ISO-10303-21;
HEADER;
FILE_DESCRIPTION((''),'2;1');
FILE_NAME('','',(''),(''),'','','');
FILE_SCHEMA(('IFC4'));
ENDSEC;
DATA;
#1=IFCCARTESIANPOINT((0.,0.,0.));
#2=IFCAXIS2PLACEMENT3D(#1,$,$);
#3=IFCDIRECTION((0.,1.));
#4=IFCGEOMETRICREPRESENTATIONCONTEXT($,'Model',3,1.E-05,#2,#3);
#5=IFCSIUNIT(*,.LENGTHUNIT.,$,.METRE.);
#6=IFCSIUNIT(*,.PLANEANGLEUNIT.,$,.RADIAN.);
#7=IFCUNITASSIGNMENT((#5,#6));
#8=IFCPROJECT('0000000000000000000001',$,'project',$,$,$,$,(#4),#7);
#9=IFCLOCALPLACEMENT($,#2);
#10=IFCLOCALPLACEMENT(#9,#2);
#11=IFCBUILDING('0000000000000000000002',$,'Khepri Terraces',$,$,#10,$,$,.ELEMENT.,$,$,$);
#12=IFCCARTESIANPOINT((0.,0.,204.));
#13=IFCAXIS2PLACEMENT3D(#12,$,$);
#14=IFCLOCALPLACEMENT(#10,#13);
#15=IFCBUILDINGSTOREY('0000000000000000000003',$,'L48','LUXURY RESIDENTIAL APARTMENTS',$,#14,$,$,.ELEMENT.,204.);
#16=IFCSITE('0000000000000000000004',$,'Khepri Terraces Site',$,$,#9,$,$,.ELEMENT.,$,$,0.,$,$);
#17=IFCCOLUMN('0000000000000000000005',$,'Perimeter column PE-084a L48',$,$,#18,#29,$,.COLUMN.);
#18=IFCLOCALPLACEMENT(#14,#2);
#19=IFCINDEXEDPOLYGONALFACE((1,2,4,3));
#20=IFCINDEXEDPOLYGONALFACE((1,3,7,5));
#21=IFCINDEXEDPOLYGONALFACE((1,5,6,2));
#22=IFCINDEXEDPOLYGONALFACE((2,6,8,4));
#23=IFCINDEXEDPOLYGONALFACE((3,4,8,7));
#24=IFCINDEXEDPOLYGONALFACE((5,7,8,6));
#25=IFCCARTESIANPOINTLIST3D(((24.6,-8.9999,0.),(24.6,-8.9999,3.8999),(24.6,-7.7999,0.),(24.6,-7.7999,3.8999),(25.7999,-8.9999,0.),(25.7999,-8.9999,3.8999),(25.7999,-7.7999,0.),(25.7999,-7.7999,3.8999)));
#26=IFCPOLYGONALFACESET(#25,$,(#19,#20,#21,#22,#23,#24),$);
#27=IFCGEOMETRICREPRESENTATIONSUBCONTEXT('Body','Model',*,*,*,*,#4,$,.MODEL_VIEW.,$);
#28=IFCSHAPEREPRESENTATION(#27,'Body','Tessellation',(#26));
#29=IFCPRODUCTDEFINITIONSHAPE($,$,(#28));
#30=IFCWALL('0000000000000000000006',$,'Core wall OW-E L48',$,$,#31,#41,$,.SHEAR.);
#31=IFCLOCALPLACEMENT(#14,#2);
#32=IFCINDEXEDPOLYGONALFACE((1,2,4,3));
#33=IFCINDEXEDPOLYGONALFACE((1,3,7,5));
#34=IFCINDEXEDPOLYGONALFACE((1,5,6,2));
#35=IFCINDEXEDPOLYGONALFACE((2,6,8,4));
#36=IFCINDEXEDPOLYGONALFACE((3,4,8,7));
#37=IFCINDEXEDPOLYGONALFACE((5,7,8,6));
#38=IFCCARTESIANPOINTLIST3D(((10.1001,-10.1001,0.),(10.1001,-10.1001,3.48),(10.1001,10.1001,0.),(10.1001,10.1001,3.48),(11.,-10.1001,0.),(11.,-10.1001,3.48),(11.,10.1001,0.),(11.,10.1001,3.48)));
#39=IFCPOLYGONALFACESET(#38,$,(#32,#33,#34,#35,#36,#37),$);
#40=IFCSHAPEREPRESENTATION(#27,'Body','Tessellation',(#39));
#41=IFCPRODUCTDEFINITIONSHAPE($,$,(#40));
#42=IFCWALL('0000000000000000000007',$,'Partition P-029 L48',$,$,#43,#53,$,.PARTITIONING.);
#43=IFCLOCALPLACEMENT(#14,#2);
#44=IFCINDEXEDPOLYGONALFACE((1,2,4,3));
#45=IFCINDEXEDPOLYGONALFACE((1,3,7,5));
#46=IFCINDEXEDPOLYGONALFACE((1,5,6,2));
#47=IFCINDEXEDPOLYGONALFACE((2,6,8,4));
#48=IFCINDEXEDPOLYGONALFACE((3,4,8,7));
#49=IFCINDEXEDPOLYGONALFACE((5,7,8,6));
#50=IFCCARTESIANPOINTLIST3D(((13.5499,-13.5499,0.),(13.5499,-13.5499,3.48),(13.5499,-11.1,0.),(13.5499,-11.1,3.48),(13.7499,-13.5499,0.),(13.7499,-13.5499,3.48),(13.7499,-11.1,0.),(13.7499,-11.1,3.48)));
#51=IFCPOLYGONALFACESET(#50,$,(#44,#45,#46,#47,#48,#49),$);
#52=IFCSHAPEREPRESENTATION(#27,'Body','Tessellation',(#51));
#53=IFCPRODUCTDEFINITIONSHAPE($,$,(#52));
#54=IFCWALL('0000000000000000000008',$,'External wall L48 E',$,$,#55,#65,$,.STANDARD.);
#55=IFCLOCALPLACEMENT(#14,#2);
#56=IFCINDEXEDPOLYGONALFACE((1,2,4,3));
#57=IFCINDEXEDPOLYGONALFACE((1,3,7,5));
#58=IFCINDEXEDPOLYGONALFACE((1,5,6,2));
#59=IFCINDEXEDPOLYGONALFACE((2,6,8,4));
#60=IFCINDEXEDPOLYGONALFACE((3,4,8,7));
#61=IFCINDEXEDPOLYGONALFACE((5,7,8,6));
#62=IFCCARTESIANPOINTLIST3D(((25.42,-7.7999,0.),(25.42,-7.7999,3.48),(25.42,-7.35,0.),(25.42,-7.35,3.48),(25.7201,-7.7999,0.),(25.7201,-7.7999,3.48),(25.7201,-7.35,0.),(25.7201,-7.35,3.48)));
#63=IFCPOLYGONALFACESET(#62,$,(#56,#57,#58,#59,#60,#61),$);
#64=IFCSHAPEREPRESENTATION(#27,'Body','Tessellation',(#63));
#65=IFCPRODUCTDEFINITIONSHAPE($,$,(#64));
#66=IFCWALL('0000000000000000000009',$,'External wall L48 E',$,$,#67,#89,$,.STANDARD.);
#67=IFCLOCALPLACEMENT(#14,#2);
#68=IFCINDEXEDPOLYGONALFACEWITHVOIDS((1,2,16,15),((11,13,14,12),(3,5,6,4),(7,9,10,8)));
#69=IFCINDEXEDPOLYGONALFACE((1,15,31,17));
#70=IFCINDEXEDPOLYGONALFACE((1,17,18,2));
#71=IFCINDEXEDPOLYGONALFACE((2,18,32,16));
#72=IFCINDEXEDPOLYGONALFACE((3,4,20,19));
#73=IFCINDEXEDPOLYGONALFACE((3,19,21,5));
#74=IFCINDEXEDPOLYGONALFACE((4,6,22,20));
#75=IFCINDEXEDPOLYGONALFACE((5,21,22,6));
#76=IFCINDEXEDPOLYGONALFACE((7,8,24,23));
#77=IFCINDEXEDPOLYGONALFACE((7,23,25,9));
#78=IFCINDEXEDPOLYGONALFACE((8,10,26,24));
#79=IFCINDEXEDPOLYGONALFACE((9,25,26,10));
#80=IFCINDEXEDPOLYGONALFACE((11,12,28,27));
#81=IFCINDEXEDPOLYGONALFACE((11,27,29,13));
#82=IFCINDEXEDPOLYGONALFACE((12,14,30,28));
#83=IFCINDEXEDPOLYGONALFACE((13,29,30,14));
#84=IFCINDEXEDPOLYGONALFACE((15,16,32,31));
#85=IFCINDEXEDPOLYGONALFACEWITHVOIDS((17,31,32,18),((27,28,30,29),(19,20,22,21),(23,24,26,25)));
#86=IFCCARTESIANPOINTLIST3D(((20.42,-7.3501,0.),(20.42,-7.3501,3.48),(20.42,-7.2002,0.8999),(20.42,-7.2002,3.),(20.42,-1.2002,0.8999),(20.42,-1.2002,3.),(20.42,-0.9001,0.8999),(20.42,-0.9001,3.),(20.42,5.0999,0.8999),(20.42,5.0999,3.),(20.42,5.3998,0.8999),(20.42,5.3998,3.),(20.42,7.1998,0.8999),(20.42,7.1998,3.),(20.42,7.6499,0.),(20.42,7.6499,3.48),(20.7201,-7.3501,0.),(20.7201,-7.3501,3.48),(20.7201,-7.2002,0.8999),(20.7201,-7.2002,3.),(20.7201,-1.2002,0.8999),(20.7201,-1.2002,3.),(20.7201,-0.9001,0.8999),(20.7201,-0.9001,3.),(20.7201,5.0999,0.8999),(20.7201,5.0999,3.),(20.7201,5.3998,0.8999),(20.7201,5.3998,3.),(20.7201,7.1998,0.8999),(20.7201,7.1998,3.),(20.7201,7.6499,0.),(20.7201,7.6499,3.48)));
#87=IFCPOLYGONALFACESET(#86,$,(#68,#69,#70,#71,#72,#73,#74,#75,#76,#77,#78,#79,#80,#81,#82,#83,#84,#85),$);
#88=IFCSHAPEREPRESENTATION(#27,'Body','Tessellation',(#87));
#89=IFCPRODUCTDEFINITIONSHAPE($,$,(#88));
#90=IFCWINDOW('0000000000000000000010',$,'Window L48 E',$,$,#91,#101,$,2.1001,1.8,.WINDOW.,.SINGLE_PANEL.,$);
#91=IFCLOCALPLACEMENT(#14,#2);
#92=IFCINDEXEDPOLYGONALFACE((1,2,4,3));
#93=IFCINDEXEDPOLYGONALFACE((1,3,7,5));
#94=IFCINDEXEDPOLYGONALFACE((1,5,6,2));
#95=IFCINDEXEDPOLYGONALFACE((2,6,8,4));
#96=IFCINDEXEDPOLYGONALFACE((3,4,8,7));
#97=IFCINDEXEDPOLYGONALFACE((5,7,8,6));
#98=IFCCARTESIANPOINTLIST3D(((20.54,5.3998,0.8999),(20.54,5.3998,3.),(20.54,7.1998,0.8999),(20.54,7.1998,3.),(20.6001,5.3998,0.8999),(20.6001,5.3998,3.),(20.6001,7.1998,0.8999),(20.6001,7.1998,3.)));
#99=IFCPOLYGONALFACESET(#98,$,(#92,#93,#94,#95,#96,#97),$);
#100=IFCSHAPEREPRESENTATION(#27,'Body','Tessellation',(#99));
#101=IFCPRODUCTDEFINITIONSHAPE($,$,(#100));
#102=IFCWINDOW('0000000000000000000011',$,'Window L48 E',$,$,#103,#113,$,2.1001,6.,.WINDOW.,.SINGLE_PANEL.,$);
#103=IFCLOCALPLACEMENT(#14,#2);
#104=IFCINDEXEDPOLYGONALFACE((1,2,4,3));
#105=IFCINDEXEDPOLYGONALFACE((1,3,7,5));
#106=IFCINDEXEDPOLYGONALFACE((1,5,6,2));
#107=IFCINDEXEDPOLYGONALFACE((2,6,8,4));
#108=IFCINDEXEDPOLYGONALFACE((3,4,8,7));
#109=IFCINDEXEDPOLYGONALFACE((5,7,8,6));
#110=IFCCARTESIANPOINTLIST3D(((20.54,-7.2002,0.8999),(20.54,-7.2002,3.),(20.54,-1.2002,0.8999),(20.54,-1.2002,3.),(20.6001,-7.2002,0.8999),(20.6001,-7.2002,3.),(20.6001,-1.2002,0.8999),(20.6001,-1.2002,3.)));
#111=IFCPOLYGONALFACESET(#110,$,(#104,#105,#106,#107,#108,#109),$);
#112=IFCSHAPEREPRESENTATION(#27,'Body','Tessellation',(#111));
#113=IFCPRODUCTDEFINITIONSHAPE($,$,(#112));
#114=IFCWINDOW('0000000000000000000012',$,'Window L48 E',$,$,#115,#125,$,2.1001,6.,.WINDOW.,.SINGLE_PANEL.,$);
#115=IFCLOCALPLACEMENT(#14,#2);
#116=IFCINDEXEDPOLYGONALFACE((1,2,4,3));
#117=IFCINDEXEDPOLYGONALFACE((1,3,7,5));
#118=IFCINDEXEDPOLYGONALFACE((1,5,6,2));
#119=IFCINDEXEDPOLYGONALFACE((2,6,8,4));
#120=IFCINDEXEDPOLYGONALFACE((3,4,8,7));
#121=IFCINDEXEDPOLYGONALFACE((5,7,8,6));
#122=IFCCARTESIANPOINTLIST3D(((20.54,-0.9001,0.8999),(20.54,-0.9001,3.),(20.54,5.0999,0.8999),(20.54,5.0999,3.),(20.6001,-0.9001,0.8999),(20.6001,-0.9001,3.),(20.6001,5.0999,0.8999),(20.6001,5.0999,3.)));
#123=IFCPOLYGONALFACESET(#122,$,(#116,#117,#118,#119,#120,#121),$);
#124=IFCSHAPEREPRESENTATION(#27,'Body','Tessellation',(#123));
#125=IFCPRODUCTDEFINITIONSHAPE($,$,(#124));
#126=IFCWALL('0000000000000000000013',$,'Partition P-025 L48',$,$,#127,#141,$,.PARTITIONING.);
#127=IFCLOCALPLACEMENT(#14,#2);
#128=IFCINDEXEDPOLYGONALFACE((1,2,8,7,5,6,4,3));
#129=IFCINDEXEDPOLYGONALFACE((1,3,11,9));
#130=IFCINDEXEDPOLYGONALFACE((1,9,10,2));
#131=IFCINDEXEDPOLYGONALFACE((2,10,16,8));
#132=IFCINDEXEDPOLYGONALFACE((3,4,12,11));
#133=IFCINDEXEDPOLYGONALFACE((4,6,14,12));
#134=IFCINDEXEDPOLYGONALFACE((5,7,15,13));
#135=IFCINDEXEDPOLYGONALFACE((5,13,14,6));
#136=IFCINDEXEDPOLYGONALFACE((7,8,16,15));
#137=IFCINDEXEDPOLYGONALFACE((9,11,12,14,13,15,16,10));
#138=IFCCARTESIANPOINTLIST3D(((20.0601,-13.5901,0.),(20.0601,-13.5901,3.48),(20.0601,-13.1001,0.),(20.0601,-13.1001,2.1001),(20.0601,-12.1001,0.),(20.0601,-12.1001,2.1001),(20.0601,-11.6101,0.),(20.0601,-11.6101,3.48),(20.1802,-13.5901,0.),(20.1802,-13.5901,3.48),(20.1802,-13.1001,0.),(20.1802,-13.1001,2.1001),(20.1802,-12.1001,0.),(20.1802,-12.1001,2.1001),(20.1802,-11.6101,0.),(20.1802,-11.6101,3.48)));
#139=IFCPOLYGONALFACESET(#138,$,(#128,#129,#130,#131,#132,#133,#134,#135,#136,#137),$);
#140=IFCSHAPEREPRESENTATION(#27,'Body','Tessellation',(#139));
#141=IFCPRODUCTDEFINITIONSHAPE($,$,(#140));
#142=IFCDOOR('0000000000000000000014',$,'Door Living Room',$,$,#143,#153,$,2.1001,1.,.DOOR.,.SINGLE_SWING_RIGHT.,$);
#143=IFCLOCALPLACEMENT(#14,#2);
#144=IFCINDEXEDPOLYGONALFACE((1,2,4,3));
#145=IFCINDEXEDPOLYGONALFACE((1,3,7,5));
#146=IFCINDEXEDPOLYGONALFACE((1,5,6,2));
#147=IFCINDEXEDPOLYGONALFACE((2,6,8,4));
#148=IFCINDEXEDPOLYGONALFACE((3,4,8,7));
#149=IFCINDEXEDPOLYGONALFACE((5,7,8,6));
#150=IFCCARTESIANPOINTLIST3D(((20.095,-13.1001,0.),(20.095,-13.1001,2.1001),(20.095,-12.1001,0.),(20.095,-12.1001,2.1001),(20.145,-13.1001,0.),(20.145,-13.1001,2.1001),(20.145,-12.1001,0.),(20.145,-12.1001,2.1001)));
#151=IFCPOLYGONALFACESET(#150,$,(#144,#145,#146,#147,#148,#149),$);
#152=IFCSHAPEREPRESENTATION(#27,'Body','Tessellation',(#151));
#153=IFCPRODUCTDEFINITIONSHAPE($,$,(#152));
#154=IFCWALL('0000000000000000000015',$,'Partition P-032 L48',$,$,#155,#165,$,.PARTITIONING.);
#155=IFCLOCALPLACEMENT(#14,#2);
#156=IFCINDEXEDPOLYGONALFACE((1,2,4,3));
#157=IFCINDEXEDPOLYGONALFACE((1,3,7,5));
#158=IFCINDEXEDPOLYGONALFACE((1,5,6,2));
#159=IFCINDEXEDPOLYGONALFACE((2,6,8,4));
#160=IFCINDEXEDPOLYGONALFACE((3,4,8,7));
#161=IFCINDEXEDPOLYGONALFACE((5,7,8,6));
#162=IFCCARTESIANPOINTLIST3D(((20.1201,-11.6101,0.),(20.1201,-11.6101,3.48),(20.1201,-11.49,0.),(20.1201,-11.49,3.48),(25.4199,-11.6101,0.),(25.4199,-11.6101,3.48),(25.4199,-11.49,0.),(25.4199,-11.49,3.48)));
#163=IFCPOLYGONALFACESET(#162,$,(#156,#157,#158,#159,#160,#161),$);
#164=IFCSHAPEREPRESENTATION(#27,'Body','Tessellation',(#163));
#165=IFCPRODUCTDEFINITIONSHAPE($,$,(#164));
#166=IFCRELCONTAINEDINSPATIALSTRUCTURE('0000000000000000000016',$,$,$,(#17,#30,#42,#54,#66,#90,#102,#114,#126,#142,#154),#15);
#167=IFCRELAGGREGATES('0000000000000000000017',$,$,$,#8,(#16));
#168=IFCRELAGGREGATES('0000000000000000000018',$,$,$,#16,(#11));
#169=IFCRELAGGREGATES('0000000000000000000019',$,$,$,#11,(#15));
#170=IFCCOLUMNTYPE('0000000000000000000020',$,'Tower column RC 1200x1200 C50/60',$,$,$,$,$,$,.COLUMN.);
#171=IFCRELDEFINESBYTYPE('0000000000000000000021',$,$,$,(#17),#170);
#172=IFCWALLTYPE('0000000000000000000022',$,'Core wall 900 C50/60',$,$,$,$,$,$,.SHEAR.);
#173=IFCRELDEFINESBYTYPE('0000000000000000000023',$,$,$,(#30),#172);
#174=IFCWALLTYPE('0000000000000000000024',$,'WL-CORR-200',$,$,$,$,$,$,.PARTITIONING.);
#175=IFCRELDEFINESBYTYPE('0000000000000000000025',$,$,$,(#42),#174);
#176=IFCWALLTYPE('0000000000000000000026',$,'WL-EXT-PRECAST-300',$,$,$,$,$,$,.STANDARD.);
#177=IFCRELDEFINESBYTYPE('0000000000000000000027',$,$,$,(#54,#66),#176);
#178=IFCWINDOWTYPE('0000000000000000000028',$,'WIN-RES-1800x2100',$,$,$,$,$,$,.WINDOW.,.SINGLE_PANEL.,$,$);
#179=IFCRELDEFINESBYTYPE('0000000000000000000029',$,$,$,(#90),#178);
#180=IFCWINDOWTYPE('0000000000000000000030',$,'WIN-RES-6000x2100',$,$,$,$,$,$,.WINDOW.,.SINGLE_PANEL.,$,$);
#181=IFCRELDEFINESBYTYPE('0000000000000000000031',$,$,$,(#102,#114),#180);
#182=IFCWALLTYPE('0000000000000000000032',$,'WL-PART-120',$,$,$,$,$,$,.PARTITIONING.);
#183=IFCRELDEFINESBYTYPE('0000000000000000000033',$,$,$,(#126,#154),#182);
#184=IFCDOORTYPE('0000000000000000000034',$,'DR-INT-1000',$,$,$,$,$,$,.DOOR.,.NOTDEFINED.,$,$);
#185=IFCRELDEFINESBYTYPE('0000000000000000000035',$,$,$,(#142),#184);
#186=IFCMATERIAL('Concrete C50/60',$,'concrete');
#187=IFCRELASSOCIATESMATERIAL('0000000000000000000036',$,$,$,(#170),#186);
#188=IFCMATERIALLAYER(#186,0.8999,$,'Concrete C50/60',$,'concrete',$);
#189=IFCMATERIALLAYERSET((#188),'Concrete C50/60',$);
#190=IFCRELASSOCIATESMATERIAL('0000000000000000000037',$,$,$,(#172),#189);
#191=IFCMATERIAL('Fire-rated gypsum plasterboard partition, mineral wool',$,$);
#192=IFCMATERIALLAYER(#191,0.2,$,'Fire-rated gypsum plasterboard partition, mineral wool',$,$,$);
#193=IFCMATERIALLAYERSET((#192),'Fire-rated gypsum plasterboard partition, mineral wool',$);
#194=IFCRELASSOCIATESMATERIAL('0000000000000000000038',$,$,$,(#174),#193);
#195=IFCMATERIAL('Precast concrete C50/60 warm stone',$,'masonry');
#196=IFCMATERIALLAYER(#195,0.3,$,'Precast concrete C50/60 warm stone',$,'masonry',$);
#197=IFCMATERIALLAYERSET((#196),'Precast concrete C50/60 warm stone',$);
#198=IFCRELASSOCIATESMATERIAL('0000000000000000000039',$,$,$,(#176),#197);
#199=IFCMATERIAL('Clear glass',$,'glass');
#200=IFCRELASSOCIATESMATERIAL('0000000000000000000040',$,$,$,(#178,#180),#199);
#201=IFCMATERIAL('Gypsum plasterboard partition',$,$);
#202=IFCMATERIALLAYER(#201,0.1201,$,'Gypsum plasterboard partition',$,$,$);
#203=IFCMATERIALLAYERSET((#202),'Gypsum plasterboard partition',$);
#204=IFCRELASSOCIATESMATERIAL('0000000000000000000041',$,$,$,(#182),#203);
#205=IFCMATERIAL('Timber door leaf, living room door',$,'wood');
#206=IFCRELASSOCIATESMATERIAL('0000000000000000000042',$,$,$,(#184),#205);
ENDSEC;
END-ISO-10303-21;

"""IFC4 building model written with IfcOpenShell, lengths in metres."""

from ifc_helpers import new_model, si_unit, direction, frame, frame_2d, origin, origin_2d, place, context, subcontext, project, spatial, rectangle, extrude, material, layer, layer_set, material_profile, profile_set, type_object, element, fill, save


model = new_model("IFC4")

# Units and contexts
model_context = context("Model", 3, precision=1e-05, world=origin(), true_north=direction((0.0, 1.0)))
body_context = subcontext(model_context, "Body", "Model", "MODEL_VIEW")
ifc_project = project(units=[si_unit("LENGTHUNIT", "METRE"), si_unit("PLANEANGLEUNIT", "RADIAN")], contexts=[model_context])

# Site, building, storey
site_placement = place(None, origin())
site = spatial("IfcSite", under=ifc_project, at=site_placement, Name="Khepri Terraces Site", CompositionType="ELEMENT", RefElevation=0.0)
building_placement = place(site_placement, origin())
building = spatial("IfcBuilding", under=site, at=building_placement, Name="Khepri Terraces", CompositionType="ELEMENT")
storey_placement = place(building_placement, frame((0.0, 0.0, 204.0)))
storey = spatial("IfcBuildingStorey", under=building, at=storey_placement, Name="L48", Description="LUXURY RESIDENTIAL APARTMENTS", CompositionType="ELEMENT", Elevation=204.0)

# Column
ifc_material_1 = material(Name="Concrete C50/60", Category="concrete")
ifc_material_profile = material_profile(ifc_material_1, rectangle(XDim=1.2, YDim=1.2, at=origin_2d()), Name="Concrete C50/60", Category="concrete")
ifc_profile_set = profile_set([ifc_material_profile], Name="Concrete C50/60")
column_type = type_object("IfcColumnType", Name="Tower column RC 1200x1200 C50/60", PredefinedType="COLUMN", material=ifc_profile_set)
column_placement = place(storey_placement, frame((25.2, -8.3999, 0.0), z_axis=(0.0, 0.0, 1.0), x_axis=(1.0, 0.0, 0.0)))
element("IfcColumn", 1, at=column_placement, inside=storey, type_object=column_type, Name="Perimeter column PE-084a L48", PredefinedType="COLUMN", context=body_context, shape_type="SweptSolid", body=[
    extrude(rectangle(XDim=1.2, YDim=1.2, at=origin_2d()), origin(), (0.0, 0.0, 1.0), 3.8999),
])

# Walls
ifc_layer_1 = layer(ifc_material_1, 0.8999, Name="Concrete C50/60", Category="concrete")
ifc_layer_set_1 = layer_set([ifc_layer_1], Name="Concrete C50/60")
wall_type_1 = type_object("IfcWallType", Name="Core wall 900 C50/60", PredefinedType="SHEAR", material=ifc_layer_set_1)
wall_1_placement = place(storey_placement, frame((10.55, -10.1001, 0.0), z_axis=(0.0, 0.0, 1.0), x_axis=(0.0, 1.0, 0.0)))
element("IfcWall", 2, at=wall_1_placement, inside=storey, type_object=wall_type_1, Name="Core wall OW-E L48", PredefinedType="SHEAR", context=body_context, shape_type="SweptSolid", body=[
    extrude(rectangle(XDim=20.2002, YDim=0.8999, at=frame_2d((10.1001, 0.0))), origin(), (0.0, 0.0, 1.0), 3.48),
])
ifc_material_2 = material(Name="Fire-rated gypsum plasterboard partition, mineral wool")
ifc_layer_2 = layer(ifc_material_2, 0.2, Name="Fire-rated gypsum plasterboard partition, mineral wool")
ifc_layer_set_2 = layer_set([ifc_layer_2], Name="Fire-rated gypsum plasterboard partition, mineral wool")
wall_type_2 = type_object("IfcWallType", Name="WL-CORR-200", PredefinedType="PARTITIONING", material=ifc_layer_set_2)
wall_2_placement = place(storey_placement, frame((13.6499, -13.55, 0.0), z_axis=(0.0, 0.0, 1.0), x_axis=(0.0, 1.0, 0.0)))
element("IfcWall", 3, at=wall_2_placement, inside=storey, type_object=wall_type_2, Name="Partition P-029 L48", PredefinedType="PARTITIONING", context=body_context, shape_type="SweptSolid", body=[
    extrude(rectangle(XDim=2.45, YDim=0.2, at=frame_2d((1.2251, 0.0))), origin(), (0.0, 0.0, 1.0), 3.48),
])

# Wall
ifc_material_3 = material(Name="Precast concrete C50/60 warm stone", Category="masonry")
ifc_layer_3 = layer(ifc_material_3, 0.3, Name="Precast concrete C50/60 warm stone", Category="masonry")
ifc_layer_set_3 = layer_set([ifc_layer_3], Name="Precast concrete C50/60 warm stone")
wall_type_3 = type_object("IfcWallType", Name="WL-EXT-PRECAST-300", PredefinedType="STANDARD", material=ifc_layer_set_3)
wall_3_placement = place(storey_placement, frame((25.5701, -7.8, 0.0), z_axis=(0.0, 0.0, 1.0), x_axis=(0.0, 1.0, 0.0)))
element("IfcWall", 4, at=wall_3_placement, inside=storey, type_object=wall_type_3, Name="External wall L48 E", PredefinedType="STANDARD", context=body_context, shape_type="SweptSolid", body=[
    extrude(rectangle(XDim=0.45, YDim=0.3, at=frame_2d((0.2251, 0.0))), origin(), (0.0, 0.0, 1.0), 3.48),
])

# Wall, openings, windows
wall_4_placement = place(storey_placement, frame((20.5701, -7.3501, 0.0), z_axis=(0.0, 0.0, 1.0), x_axis=(0.0, 1.0, 0.0)))
wall_4 = element("IfcWall", 5, at=wall_4_placement, inside=storey, type_object=wall_type_3, Name="External wall L48 E", PredefinedType="STANDARD", context=body_context, shape_type="SweptSolid", body=[
    extrude(rectangle(XDim=15.0, YDim=0.3, at=frame_2d((7.5, 0.0))), origin(), (0.0, 0.0, 1.0), 3.48),
])
opening_1_placement = place(wall_4_placement, frame((0.1499, 0.0, 0.8999)))
opening_1 = element("IfcOpeningElement", 6, at=opening_1_placement, cuts=wall_4, PredefinedType="OPENING", context=body_context, shape_type="SweptSolid", body=[
    extrude(rectangle(XDim=6.0, YDim=2.1001, at=frame_2d((3.0, 1.05))), frame((0.0, 0.1602, 0.0), z_axis=(0.0, -1.0, 0.0), x_axis=(1.0, 0.0, 0.0)), (0.0, 0.0, 1.0), 0.3201),
])
opening_2_placement = place(wall_4_placement, frame((6.45, 0.0, 0.8999)))
opening_2 = element("IfcOpeningElement", 7, at=opening_2_placement, cuts=wall_4, PredefinedType="OPENING", context=body_context, shape_type="SweptSolid", body=[
    extrude(rectangle(XDim=6.0, YDim=2.1001, at=frame_2d((3.0, 1.05))), frame((0.0, 0.1602, 0.0), z_axis=(0.0, -1.0, 0.0), x_axis=(1.0, 0.0, 0.0)), (0.0, 0.0, 1.0), 0.3201),
])
opening_3_placement = place(wall_4_placement, frame((12.75, 0.0, 0.8999)))
opening_3 = element("IfcOpeningElement", 8, at=opening_3_placement, cuts=wall_4, PredefinedType="OPENING", context=body_context, shape_type="SweptSolid", body=[
    extrude(rectangle(XDim=1.8, YDim=2.1001, at=frame_2d((0.8999, 1.05))), frame((0.0, 0.1602, 0.0), z_axis=(0.0, -1.0, 0.0), x_axis=(1.0, 0.0, 0.0)), (0.0, 0.0, 1.0), 0.3201),
])
ifc_material_4 = material(Name="Clear glass", Category="glass")
window_type_1 = type_object("IfcWindowType", Name="WIN-RES-1800x2100", PartitioningType="SINGLE_PANEL", PredefinedType="WINDOW", material=ifc_material_4)
window_1_placement = place(opening_3_placement, origin())
window_1 = element("IfcWindow", 9, at=window_1_placement, inside=storey, type_object=window_type_1, Name="Window L48 E", OverallHeight=2.1001, OverallWidth=1.8, PartitioningType="SINGLE_PANEL", PredefinedType="WINDOW", context=body_context, shape_type="SweptSolid", body=[
    extrude(rectangle(XDim=1.8, YDim=2.1001, at=frame_2d((0.8999, 1.05))), frame((0.0, 0.03, 0.0), z_axis=(0.0, -1.0, 0.0), x_axis=(1.0, 0.0, 0.0)), (0.0, 0.0, 1.0), 0.0601),
])
fill(opening_3, window_1)
window_type_2 = type_object("IfcWindowType", Name="WIN-RES-6000x2100", PartitioningType="SINGLE_PANEL", PredefinedType="WINDOW", material=ifc_material_4)
window_2_placement = place(opening_1_placement, origin())
window_2 = element("IfcWindow", 10, at=window_2_placement, inside=storey, type_object=window_type_2, Name="Window L48 E", OverallHeight=2.1001, OverallWidth=6.0, PartitioningType="SINGLE_PANEL", PredefinedType="WINDOW", context=body_context, shape_type="SweptSolid", body=[
    extrude(rectangle(XDim=6.0, YDim=2.1001, at=frame_2d((3.0, 1.05))), frame((0.0, 0.03, 0.0), z_axis=(0.0, -1.0, 0.0), x_axis=(1.0, 0.0, 0.0)), (0.0, 0.0, 1.0), 0.0601),
])
fill(opening_1, window_2)
window_3_placement = place(opening_2_placement, origin())
window_3 = element("IfcWindow", 11, at=window_3_placement, inside=storey, type_object=window_type_2, Name="Window L48 E", OverallHeight=2.1001, OverallWidth=6.0, PartitioningType="SINGLE_PANEL", PredefinedType="WINDOW", context=body_context, shape_type="SweptSolid", body=[
    extrude(rectangle(XDim=6.0, YDim=2.1001, at=frame_2d((3.0, 1.05))), frame((0.0, 0.03, 0.0), z_axis=(0.0, -1.0, 0.0), x_axis=(1.0, 0.0, 0.0)), (0.0, 0.0, 1.0), 0.0601),
])
fill(opening_2, window_3)

# Wall, opening, door
ifc_material_5 = material(Name="Gypsum plasterboard partition")
ifc_layer_4 = layer(ifc_material_5, 0.1201, Name="Gypsum plasterboard partition")
ifc_layer_set_4 = layer_set([ifc_layer_4], Name="Gypsum plasterboard partition")
wall_type_4 = type_object("IfcWallType", Name="WL-PART-120", PredefinedType="PARTITIONING", material=ifc_layer_set_4)
wall_5_placement = place(storey_placement, frame((20.1201, -13.5901, 0.0), z_axis=(0.0, 0.0, 1.0), x_axis=(0.0, 1.0, 0.0)))
wall_5 = element("IfcWall", 12, at=wall_5_placement, inside=storey, type_object=wall_type_4, Name="Partition P-025 L48", PredefinedType="PARTITIONING", context=body_context, shape_type="SweptSolid", body=[
    extrude(rectangle(XDim=1.98, YDim=0.1201, at=frame_2d((0.99, 0.0))), origin(), (0.0, 0.0, 1.0), 3.48),
])
opening_4_placement = place(wall_5_placement, frame((0.49, 0.0, 0.0)))
opening_4 = element("IfcOpeningElement", 13, at=opening_4_placement, cuts=wall_5, PredefinedType="OPENING", context=body_context, shape_type="SweptSolid", body=[
    extrude(rectangle(XDim=1.0, YDim=2.1001, at=frame_2d((0.5, 1.05))), frame((0.0, 0.0701, 0.0), z_axis=(0.0, -1.0, 0.0), x_axis=(1.0, 0.0, 0.0)), (0.0, 0.0, 1.0), 0.1401),
])
ifc_material_6 = material(Name="Timber door leaf, living room door", Category="wood")
door_type_1 = type_object("IfcDoorType", Name="DR-INT-1000", OperationType="NOTDEFINED", PredefinedType="DOOR", material=ifc_material_6)
door_1_placement = place(opening_4_placement, frame((1.0, 0.0, 0.0), z_axis=(0.0, 0.0, 1.0), x_axis=(-1.0, 0.0, 0.0)))
door_1 = element("IfcDoor", 14, at=door_1_placement, inside=storey, type_object=door_type_1, Name="Door Living Room", OperationType="SINGLE_SWING_RIGHT", OverallHeight=2.1001, OverallWidth=1.0, PredefinedType="DOOR", context=body_context, shape_type="SweptSolid", body=[
    extrude(rectangle(XDim=1.0, YDim=2.1001, at=frame_2d((0.5, 1.05))), frame((0.0, 0.0249, 0.0), z_axis=(0.0, -1.0, 0.0), x_axis=(1.0, 0.0, 0.0)), (0.0, 0.0, 1.0), 0.05),
])
fill(opening_4, door_1)

# Wall
wall_6_placement = place(storey_placement, frame((20.1201, -11.55, 0.0), z_axis=(0.0, 0.0, 1.0), x_axis=(1.0, 0.0, 0.0)))
element("IfcWall", 15, at=wall_6_placement, inside=storey, type_object=wall_type_4, Name="Partition P-032 L48", PredefinedType="PARTITIONING", context=body_context, shape_type="SweptSolid", body=[
    extrude(rectangle(XDim=5.2998, YDim=0.1201, at=frame_2d((2.6499, 0.0))), origin(), (0.0, 0.0, 1.0), 3.48),
])

save(model, "model.ifc")
